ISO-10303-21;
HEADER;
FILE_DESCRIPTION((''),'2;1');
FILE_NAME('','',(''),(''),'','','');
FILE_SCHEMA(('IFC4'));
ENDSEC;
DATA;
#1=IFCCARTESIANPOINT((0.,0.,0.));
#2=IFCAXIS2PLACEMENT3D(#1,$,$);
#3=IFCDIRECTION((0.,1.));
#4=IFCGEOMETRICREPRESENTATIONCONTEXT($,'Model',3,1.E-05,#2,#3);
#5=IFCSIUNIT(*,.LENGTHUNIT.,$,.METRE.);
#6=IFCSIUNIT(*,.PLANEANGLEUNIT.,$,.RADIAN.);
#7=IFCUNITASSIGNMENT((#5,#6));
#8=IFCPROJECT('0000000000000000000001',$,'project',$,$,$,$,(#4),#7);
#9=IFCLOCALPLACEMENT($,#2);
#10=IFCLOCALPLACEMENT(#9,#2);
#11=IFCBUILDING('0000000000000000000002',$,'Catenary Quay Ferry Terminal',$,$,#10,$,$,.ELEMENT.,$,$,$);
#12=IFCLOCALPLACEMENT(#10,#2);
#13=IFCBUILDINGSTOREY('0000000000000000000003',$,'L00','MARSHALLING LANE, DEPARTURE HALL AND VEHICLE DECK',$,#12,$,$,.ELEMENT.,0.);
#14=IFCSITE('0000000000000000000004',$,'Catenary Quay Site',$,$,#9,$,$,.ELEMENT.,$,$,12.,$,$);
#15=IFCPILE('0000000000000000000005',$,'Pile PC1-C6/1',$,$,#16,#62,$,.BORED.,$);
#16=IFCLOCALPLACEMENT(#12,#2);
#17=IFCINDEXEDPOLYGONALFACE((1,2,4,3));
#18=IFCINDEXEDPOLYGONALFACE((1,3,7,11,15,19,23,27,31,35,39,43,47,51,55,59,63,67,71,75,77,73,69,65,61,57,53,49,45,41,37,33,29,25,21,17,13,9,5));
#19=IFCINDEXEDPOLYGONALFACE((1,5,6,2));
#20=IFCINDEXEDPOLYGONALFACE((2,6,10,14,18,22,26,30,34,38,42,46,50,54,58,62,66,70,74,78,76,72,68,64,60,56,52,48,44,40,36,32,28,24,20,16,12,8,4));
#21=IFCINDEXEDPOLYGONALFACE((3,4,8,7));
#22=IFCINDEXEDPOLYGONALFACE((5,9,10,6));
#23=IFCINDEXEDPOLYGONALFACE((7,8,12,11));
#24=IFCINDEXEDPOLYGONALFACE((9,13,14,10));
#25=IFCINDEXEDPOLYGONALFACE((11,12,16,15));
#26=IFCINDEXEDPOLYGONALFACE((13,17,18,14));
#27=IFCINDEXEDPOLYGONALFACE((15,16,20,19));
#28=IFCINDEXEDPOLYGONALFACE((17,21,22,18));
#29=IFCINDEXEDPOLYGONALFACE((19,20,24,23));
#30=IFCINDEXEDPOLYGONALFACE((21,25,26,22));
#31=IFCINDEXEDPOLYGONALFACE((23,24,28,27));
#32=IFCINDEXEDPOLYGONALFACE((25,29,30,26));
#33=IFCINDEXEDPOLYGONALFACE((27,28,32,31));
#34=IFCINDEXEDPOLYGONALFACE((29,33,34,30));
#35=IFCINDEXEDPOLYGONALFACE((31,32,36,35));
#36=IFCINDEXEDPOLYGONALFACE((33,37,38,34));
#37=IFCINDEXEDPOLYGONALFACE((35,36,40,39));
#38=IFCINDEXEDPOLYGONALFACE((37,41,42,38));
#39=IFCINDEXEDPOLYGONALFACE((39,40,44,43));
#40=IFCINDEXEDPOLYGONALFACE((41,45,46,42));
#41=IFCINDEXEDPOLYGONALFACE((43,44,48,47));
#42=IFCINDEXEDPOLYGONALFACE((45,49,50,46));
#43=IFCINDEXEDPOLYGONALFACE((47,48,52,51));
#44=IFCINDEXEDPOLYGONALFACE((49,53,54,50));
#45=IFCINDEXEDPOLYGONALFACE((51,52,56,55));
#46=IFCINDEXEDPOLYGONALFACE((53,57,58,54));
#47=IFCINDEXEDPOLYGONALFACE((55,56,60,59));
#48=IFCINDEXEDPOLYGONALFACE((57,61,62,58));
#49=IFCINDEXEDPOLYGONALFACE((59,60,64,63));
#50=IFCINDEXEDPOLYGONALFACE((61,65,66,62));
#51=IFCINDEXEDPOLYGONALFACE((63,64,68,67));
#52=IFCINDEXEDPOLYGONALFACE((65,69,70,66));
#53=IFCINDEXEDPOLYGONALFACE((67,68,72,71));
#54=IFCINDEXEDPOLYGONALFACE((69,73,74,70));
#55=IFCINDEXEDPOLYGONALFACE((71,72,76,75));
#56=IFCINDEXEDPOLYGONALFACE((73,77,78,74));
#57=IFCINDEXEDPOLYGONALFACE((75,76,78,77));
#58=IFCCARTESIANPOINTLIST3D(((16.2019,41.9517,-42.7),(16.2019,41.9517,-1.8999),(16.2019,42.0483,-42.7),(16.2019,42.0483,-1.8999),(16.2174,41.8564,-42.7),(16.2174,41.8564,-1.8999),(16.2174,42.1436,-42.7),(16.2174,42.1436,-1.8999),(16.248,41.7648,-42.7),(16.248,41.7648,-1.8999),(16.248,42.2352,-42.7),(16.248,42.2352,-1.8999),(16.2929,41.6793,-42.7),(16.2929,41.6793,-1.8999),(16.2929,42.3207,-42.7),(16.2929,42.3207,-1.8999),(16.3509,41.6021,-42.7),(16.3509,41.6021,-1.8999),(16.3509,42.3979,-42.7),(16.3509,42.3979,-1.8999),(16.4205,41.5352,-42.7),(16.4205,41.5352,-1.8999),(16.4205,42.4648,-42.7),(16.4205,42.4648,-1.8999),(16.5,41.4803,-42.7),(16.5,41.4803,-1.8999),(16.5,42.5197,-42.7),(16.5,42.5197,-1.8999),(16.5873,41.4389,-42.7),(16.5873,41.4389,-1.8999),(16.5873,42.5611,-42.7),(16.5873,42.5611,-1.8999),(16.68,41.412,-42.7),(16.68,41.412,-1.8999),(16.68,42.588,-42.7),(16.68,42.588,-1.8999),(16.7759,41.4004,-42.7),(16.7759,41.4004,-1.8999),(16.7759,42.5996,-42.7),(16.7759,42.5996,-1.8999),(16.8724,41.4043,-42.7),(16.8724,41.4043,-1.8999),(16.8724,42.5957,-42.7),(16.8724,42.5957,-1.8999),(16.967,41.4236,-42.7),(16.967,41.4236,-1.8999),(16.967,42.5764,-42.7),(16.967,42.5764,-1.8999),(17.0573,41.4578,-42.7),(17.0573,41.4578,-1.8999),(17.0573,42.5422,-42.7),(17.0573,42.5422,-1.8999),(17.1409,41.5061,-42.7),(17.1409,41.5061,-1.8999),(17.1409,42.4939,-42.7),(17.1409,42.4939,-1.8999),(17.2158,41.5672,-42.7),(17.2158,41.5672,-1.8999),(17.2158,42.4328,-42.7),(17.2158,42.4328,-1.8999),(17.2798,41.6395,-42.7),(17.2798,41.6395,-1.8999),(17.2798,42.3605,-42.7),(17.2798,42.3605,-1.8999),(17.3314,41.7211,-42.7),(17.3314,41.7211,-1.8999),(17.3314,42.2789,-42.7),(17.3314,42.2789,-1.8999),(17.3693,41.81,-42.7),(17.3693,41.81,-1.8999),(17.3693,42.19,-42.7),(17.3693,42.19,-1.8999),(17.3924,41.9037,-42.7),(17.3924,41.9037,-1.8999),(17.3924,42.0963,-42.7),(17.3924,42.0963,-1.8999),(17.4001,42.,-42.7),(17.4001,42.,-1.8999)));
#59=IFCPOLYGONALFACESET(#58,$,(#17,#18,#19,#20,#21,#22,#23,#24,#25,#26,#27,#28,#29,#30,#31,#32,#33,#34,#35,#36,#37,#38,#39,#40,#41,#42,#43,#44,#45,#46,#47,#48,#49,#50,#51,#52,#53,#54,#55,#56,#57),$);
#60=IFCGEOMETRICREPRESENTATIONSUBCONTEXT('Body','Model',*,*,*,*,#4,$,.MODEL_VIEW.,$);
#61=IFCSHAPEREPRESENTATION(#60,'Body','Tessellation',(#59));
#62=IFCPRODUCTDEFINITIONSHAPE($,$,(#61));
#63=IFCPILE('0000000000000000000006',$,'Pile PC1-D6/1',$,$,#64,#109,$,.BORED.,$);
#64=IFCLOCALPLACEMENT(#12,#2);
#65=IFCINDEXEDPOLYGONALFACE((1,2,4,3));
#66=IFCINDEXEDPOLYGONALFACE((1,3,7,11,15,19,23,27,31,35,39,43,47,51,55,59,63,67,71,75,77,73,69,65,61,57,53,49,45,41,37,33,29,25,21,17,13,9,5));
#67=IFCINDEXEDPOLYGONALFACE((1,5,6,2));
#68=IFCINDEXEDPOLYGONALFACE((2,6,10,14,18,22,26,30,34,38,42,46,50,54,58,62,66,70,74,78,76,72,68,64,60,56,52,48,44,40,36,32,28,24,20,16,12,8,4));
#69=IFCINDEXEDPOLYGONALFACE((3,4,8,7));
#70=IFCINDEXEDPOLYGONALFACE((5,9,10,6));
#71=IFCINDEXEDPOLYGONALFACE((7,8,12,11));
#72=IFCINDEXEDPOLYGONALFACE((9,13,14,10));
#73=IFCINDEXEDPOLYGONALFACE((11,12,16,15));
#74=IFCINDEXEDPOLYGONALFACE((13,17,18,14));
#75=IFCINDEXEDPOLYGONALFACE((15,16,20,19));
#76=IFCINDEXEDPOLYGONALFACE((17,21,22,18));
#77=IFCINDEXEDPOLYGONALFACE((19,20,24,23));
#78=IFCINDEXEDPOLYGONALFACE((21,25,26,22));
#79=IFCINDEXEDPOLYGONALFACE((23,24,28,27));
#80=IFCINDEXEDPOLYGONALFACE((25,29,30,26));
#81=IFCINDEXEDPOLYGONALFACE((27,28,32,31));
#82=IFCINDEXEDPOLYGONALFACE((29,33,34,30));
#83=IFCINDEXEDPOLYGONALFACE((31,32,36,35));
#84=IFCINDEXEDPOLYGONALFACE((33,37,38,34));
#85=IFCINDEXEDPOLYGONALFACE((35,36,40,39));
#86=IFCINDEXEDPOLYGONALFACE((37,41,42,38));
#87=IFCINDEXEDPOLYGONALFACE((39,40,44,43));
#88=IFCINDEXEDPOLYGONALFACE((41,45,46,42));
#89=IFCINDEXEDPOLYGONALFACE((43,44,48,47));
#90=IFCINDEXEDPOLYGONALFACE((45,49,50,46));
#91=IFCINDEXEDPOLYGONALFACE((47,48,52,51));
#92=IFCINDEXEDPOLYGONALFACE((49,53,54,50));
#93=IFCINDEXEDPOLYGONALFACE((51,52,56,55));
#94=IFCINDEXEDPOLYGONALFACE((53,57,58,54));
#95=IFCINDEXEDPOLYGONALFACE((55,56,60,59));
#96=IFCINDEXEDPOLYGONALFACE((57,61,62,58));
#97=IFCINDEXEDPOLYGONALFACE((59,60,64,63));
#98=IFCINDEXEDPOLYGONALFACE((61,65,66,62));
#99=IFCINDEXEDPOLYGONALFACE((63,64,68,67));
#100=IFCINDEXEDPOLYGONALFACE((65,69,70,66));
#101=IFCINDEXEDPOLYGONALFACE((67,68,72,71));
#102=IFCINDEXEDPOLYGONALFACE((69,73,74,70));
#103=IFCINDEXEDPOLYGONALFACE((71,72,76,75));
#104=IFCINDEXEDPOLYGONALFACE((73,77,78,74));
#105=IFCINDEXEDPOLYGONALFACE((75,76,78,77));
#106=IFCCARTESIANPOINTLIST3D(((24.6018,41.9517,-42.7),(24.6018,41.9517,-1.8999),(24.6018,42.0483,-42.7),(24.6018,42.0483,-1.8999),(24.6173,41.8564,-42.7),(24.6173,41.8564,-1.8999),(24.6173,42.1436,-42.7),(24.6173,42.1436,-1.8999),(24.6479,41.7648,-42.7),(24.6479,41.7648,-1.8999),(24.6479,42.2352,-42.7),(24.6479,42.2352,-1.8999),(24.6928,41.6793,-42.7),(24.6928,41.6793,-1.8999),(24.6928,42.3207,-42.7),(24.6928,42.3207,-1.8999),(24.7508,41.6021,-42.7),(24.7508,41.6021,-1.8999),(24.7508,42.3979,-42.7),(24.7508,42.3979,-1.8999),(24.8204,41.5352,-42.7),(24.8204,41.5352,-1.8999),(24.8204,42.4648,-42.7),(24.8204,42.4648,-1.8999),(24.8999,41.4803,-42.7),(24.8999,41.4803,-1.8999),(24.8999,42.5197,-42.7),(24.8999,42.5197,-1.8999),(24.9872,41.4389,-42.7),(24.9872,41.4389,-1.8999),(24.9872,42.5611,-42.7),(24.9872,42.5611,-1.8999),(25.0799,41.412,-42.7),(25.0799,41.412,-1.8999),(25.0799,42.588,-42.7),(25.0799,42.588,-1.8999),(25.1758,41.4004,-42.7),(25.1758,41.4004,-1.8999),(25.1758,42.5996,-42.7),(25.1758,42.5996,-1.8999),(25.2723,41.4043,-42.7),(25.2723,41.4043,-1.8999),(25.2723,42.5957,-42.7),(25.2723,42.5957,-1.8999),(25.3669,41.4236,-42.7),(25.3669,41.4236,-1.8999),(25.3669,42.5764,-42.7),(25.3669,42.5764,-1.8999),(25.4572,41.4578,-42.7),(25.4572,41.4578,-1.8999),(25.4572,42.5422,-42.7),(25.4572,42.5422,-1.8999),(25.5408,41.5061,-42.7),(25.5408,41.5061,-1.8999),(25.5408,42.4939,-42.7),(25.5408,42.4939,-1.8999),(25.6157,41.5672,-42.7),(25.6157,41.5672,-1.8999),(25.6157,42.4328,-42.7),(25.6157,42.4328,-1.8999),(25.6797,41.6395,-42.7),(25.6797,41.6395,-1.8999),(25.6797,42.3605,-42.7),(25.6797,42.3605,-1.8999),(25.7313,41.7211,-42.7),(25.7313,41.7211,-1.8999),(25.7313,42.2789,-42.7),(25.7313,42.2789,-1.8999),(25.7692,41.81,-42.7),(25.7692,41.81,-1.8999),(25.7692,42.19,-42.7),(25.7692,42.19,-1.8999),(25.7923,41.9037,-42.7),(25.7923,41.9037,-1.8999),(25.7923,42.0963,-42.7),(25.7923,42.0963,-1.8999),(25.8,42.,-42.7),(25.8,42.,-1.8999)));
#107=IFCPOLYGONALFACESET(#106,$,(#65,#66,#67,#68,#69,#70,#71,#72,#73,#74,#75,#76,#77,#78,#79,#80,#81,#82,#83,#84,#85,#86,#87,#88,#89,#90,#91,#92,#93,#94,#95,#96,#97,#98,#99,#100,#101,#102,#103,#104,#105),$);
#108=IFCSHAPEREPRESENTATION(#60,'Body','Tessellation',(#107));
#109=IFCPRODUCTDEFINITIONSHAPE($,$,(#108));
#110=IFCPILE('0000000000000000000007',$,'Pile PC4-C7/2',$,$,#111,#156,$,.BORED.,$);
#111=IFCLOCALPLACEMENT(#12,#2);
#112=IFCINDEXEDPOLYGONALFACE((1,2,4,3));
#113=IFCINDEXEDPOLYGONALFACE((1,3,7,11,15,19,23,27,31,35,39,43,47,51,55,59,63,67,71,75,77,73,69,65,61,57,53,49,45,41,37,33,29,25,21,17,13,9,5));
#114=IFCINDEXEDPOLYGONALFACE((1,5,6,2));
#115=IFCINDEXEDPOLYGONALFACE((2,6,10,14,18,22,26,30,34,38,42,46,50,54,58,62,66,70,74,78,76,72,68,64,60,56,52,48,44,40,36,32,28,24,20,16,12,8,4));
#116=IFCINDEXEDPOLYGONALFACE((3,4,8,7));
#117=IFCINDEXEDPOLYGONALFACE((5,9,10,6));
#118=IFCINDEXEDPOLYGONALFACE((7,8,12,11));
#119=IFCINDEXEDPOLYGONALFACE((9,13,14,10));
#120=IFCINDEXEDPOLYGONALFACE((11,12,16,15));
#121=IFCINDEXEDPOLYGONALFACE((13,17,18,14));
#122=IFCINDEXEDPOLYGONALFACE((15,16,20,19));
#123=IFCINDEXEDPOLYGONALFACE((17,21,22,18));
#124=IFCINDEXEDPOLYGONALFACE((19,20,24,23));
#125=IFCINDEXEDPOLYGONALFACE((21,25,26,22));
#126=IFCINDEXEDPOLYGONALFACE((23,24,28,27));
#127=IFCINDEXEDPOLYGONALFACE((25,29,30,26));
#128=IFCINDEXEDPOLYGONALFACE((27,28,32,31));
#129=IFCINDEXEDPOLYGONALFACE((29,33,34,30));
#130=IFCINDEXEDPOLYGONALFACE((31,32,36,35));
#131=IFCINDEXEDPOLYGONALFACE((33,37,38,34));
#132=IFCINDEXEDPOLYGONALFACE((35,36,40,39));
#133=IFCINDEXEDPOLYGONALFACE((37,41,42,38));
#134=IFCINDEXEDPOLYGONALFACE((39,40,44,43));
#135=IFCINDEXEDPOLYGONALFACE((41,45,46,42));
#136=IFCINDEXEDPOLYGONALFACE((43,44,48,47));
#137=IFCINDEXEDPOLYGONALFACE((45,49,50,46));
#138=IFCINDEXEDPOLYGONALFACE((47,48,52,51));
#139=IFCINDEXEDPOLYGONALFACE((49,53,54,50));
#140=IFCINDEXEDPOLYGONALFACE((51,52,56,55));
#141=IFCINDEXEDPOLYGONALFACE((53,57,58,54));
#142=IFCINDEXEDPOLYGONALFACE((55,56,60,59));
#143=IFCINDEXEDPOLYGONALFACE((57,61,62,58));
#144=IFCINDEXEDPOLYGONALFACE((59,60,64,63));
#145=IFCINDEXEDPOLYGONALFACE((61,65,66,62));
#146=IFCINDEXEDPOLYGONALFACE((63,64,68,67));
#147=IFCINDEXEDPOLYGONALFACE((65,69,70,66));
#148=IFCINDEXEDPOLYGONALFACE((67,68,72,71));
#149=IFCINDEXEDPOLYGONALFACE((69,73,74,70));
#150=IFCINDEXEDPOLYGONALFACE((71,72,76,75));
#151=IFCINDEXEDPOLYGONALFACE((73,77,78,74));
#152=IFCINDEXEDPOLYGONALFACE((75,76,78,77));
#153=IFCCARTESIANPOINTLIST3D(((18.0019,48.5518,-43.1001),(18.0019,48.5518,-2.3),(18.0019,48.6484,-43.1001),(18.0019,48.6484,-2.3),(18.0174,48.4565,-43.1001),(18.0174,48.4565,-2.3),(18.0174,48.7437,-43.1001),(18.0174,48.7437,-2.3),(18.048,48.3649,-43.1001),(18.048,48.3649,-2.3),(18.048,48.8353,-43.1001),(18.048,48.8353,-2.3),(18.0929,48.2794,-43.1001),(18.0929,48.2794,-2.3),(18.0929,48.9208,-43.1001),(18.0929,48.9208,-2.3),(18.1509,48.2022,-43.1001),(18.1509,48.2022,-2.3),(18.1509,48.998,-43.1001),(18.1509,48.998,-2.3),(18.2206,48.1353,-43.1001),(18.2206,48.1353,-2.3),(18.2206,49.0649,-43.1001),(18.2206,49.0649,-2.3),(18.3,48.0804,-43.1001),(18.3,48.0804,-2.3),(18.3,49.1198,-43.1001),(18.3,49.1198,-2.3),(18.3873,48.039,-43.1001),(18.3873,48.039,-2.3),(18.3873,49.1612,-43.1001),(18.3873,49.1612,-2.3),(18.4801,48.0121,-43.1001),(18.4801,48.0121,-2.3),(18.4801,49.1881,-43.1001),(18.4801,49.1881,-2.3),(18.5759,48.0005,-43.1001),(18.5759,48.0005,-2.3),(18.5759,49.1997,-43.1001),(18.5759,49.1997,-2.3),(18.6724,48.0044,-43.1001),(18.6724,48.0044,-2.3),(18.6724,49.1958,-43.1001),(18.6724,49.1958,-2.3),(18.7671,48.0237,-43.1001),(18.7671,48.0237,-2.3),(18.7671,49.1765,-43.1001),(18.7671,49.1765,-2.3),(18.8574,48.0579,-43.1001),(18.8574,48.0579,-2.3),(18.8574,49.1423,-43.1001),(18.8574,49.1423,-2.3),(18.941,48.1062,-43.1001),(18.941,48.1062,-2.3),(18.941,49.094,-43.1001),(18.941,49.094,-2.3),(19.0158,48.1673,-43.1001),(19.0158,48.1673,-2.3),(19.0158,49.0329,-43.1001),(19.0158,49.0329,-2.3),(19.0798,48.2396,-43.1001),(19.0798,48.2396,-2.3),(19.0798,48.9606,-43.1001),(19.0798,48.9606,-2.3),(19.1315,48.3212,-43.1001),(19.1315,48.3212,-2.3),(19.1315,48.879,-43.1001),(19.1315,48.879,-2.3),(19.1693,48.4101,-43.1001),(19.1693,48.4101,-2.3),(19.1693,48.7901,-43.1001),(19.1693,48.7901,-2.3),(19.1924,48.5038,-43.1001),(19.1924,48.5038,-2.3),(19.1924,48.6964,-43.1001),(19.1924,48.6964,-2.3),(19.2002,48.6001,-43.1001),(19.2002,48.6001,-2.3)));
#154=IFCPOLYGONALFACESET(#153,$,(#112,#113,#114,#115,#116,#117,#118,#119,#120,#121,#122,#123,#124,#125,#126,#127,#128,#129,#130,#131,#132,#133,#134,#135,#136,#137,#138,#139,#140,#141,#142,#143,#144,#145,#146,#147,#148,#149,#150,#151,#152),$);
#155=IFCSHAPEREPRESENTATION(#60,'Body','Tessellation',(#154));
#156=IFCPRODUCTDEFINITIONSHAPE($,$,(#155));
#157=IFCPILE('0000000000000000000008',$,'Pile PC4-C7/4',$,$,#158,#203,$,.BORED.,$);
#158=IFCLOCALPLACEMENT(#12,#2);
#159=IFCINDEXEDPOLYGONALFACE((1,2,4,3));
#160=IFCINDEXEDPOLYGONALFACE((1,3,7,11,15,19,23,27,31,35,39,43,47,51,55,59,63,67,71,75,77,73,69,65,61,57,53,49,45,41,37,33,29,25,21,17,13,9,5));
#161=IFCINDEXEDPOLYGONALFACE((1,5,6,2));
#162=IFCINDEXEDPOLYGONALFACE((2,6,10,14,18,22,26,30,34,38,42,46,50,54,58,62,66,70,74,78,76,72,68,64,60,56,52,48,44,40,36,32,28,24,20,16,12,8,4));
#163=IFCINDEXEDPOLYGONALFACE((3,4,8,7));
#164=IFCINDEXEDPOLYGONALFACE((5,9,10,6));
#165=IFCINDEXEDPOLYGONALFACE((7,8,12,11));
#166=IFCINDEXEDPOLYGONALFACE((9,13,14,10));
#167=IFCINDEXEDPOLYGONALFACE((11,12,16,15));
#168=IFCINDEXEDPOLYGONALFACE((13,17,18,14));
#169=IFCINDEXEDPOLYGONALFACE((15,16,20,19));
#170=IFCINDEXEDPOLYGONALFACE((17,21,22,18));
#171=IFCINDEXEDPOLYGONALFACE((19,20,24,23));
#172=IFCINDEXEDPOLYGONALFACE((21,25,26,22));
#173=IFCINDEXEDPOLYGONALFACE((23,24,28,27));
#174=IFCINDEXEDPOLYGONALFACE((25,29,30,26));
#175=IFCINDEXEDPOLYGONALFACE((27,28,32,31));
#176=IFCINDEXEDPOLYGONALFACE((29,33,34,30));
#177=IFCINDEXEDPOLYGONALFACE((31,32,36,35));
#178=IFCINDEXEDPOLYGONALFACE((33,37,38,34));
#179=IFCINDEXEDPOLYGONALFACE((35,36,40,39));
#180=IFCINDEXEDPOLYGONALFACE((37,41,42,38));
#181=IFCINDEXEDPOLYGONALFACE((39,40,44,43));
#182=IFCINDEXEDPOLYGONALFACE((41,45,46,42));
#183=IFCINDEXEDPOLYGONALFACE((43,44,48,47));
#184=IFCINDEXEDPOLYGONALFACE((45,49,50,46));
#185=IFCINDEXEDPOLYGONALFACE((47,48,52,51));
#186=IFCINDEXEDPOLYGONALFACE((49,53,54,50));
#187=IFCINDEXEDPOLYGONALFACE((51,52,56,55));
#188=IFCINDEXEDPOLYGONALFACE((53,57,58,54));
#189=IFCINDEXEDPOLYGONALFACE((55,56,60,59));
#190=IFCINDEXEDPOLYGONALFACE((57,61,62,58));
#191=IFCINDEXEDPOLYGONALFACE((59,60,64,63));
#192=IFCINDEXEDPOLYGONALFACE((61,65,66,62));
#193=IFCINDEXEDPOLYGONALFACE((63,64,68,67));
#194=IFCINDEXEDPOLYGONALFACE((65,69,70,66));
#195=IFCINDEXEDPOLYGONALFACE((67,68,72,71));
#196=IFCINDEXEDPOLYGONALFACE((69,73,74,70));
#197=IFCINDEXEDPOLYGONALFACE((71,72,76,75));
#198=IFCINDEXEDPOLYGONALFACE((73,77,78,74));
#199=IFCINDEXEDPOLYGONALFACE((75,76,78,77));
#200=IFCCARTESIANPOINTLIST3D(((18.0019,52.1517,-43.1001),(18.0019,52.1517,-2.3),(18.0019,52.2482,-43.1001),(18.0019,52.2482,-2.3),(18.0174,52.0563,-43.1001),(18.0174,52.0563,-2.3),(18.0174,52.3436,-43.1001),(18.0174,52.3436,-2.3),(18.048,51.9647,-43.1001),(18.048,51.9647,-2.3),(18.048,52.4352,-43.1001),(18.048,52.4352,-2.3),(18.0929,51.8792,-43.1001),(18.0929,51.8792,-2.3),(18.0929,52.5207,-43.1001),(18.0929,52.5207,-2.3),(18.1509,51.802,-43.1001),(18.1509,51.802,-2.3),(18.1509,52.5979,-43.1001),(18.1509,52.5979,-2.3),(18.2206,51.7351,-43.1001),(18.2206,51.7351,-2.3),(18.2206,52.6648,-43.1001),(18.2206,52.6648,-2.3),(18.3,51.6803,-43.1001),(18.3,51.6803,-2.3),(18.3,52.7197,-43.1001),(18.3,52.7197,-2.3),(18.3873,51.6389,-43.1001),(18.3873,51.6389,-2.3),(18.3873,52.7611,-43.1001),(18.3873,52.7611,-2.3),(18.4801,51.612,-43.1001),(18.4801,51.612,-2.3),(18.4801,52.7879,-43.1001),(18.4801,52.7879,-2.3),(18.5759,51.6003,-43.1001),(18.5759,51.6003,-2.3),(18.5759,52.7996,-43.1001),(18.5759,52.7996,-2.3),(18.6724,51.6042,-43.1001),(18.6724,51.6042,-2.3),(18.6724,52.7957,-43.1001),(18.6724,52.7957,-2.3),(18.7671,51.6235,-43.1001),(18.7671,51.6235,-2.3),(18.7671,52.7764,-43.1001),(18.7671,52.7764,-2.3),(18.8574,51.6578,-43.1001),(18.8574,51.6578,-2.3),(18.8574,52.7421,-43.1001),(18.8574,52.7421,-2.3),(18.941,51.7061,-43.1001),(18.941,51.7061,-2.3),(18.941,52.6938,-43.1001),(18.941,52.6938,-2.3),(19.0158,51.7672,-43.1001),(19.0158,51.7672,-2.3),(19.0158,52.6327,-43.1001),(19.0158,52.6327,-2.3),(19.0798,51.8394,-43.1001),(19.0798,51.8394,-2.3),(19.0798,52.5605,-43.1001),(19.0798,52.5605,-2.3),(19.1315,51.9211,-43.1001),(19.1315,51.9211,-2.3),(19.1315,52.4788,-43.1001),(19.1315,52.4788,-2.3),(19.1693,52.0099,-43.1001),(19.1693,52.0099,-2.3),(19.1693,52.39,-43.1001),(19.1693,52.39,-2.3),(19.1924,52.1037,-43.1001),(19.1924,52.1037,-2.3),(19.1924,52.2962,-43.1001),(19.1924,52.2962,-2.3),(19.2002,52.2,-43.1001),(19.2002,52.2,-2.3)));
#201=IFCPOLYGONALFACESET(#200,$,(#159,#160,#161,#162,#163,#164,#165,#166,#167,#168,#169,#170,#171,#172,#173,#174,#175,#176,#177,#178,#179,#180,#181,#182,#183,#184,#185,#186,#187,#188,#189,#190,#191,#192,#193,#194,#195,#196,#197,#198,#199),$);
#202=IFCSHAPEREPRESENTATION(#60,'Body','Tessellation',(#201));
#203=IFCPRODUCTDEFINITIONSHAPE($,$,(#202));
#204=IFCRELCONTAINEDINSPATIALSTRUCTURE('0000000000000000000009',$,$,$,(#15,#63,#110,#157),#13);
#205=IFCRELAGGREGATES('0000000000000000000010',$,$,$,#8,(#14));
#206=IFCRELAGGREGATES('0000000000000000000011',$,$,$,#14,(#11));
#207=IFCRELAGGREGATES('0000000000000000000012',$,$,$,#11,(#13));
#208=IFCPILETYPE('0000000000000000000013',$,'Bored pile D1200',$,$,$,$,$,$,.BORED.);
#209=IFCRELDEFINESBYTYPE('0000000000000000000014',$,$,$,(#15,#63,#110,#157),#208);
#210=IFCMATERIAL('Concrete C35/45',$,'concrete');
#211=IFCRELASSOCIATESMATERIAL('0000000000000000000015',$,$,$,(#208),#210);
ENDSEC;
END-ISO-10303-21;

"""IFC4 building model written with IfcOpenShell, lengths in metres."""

from ifc_helpers import new_model, si_unit, direction, frame, origin, origin_2d, place, context, subcontext, project, spatial, circle, extrude, material, material_profile, profile_set, type_object, element, save


model = new_model("IFC4")

# Units and contexts
model_context = context("Model", 3, precision=1e-05, world=origin(), true_north=direction((0.0, 1.0)))
body_context = subcontext(model_context, "Body", "Model", "MODEL_VIEW")
ifc_project = project(units=[si_unit("LENGTHUNIT", "METRE"), si_unit("PLANEANGLEUNIT", "RADIAN")], contexts=[model_context])

# Site, building, storey
site_placement = place(None, origin())
site = spatial("IfcSite", under=ifc_project, at=site_placement, Name="Catenary Quay Site", CompositionType="ELEMENT", RefElevation=12.0)
building_placement = place(site_placement, origin())
building = spatial("IfcBuilding", under=site, at=building_placement, Name="Catenary Quay Ferry Terminal", CompositionType="ELEMENT")
storey_placement = place(building_placement, origin())
storey = spatial("IfcBuildingStorey", under=building, at=storey_placement, Name="L00", Description="MARSHALLING LANE, DEPARTURE HALL AND VEHICLE DECK", CompositionType="ELEMENT", Elevation=0.0)

# Piles
ifc_material_1 = material(Name="Concrete C35/45", Category="concrete")
ifc_material_profile_1 = material_profile(ifc_material_1, circle(Radius=0.6001, at=origin_2d()), Name="D1200")
ifc_profile_set_1 = profile_set([ifc_material_profile_1], Name="Concrete C35/45")
pile_type = type_object("IfcPileType", Name="Bored pile D1200", PredefinedType="BORED", material=ifc_profile_set_1)
for number, where, z_axis, x_axis, name in (
    (1, (16.8, 42.0, -1.8999), (0.0, 0.0, -1.0), (1.0, 0.0, 0.0), "Pile PC1-C6/1"),
    (2, (25.2, 42.0, -1.8999), (0.0, 0.0, -1.0), (1.0, 0.0, 0.0), "Pile PC1-D6/1"),
    (3, (18.6001, 48.6001, -2.3), (0.0, 0.0, -1.0), (1.0, 0.0, 0.0), "Pile PC4-C7/2"),
    (4, (18.6001, 52.2, -2.3), (0.0, 0.0, -1.0), (1.0, 0.0, 0.0), "Pile PC4-C7/4"),
):
    element("IfcPile", number, at=place(storey_placement, frame(where, z_axis=z_axis, x_axis=x_axis)), inside=storey, type_object=pile_type, Name=name, PredefinedType="BORED", context=body_context, shape_type="SweptSolid", body=[
        extrude(circle(Radius=0.6001, at=origin_2d()), origin(), (0.0, 0.0, 1.0), 40.8),
    ])

save(model, "model.ifc")
